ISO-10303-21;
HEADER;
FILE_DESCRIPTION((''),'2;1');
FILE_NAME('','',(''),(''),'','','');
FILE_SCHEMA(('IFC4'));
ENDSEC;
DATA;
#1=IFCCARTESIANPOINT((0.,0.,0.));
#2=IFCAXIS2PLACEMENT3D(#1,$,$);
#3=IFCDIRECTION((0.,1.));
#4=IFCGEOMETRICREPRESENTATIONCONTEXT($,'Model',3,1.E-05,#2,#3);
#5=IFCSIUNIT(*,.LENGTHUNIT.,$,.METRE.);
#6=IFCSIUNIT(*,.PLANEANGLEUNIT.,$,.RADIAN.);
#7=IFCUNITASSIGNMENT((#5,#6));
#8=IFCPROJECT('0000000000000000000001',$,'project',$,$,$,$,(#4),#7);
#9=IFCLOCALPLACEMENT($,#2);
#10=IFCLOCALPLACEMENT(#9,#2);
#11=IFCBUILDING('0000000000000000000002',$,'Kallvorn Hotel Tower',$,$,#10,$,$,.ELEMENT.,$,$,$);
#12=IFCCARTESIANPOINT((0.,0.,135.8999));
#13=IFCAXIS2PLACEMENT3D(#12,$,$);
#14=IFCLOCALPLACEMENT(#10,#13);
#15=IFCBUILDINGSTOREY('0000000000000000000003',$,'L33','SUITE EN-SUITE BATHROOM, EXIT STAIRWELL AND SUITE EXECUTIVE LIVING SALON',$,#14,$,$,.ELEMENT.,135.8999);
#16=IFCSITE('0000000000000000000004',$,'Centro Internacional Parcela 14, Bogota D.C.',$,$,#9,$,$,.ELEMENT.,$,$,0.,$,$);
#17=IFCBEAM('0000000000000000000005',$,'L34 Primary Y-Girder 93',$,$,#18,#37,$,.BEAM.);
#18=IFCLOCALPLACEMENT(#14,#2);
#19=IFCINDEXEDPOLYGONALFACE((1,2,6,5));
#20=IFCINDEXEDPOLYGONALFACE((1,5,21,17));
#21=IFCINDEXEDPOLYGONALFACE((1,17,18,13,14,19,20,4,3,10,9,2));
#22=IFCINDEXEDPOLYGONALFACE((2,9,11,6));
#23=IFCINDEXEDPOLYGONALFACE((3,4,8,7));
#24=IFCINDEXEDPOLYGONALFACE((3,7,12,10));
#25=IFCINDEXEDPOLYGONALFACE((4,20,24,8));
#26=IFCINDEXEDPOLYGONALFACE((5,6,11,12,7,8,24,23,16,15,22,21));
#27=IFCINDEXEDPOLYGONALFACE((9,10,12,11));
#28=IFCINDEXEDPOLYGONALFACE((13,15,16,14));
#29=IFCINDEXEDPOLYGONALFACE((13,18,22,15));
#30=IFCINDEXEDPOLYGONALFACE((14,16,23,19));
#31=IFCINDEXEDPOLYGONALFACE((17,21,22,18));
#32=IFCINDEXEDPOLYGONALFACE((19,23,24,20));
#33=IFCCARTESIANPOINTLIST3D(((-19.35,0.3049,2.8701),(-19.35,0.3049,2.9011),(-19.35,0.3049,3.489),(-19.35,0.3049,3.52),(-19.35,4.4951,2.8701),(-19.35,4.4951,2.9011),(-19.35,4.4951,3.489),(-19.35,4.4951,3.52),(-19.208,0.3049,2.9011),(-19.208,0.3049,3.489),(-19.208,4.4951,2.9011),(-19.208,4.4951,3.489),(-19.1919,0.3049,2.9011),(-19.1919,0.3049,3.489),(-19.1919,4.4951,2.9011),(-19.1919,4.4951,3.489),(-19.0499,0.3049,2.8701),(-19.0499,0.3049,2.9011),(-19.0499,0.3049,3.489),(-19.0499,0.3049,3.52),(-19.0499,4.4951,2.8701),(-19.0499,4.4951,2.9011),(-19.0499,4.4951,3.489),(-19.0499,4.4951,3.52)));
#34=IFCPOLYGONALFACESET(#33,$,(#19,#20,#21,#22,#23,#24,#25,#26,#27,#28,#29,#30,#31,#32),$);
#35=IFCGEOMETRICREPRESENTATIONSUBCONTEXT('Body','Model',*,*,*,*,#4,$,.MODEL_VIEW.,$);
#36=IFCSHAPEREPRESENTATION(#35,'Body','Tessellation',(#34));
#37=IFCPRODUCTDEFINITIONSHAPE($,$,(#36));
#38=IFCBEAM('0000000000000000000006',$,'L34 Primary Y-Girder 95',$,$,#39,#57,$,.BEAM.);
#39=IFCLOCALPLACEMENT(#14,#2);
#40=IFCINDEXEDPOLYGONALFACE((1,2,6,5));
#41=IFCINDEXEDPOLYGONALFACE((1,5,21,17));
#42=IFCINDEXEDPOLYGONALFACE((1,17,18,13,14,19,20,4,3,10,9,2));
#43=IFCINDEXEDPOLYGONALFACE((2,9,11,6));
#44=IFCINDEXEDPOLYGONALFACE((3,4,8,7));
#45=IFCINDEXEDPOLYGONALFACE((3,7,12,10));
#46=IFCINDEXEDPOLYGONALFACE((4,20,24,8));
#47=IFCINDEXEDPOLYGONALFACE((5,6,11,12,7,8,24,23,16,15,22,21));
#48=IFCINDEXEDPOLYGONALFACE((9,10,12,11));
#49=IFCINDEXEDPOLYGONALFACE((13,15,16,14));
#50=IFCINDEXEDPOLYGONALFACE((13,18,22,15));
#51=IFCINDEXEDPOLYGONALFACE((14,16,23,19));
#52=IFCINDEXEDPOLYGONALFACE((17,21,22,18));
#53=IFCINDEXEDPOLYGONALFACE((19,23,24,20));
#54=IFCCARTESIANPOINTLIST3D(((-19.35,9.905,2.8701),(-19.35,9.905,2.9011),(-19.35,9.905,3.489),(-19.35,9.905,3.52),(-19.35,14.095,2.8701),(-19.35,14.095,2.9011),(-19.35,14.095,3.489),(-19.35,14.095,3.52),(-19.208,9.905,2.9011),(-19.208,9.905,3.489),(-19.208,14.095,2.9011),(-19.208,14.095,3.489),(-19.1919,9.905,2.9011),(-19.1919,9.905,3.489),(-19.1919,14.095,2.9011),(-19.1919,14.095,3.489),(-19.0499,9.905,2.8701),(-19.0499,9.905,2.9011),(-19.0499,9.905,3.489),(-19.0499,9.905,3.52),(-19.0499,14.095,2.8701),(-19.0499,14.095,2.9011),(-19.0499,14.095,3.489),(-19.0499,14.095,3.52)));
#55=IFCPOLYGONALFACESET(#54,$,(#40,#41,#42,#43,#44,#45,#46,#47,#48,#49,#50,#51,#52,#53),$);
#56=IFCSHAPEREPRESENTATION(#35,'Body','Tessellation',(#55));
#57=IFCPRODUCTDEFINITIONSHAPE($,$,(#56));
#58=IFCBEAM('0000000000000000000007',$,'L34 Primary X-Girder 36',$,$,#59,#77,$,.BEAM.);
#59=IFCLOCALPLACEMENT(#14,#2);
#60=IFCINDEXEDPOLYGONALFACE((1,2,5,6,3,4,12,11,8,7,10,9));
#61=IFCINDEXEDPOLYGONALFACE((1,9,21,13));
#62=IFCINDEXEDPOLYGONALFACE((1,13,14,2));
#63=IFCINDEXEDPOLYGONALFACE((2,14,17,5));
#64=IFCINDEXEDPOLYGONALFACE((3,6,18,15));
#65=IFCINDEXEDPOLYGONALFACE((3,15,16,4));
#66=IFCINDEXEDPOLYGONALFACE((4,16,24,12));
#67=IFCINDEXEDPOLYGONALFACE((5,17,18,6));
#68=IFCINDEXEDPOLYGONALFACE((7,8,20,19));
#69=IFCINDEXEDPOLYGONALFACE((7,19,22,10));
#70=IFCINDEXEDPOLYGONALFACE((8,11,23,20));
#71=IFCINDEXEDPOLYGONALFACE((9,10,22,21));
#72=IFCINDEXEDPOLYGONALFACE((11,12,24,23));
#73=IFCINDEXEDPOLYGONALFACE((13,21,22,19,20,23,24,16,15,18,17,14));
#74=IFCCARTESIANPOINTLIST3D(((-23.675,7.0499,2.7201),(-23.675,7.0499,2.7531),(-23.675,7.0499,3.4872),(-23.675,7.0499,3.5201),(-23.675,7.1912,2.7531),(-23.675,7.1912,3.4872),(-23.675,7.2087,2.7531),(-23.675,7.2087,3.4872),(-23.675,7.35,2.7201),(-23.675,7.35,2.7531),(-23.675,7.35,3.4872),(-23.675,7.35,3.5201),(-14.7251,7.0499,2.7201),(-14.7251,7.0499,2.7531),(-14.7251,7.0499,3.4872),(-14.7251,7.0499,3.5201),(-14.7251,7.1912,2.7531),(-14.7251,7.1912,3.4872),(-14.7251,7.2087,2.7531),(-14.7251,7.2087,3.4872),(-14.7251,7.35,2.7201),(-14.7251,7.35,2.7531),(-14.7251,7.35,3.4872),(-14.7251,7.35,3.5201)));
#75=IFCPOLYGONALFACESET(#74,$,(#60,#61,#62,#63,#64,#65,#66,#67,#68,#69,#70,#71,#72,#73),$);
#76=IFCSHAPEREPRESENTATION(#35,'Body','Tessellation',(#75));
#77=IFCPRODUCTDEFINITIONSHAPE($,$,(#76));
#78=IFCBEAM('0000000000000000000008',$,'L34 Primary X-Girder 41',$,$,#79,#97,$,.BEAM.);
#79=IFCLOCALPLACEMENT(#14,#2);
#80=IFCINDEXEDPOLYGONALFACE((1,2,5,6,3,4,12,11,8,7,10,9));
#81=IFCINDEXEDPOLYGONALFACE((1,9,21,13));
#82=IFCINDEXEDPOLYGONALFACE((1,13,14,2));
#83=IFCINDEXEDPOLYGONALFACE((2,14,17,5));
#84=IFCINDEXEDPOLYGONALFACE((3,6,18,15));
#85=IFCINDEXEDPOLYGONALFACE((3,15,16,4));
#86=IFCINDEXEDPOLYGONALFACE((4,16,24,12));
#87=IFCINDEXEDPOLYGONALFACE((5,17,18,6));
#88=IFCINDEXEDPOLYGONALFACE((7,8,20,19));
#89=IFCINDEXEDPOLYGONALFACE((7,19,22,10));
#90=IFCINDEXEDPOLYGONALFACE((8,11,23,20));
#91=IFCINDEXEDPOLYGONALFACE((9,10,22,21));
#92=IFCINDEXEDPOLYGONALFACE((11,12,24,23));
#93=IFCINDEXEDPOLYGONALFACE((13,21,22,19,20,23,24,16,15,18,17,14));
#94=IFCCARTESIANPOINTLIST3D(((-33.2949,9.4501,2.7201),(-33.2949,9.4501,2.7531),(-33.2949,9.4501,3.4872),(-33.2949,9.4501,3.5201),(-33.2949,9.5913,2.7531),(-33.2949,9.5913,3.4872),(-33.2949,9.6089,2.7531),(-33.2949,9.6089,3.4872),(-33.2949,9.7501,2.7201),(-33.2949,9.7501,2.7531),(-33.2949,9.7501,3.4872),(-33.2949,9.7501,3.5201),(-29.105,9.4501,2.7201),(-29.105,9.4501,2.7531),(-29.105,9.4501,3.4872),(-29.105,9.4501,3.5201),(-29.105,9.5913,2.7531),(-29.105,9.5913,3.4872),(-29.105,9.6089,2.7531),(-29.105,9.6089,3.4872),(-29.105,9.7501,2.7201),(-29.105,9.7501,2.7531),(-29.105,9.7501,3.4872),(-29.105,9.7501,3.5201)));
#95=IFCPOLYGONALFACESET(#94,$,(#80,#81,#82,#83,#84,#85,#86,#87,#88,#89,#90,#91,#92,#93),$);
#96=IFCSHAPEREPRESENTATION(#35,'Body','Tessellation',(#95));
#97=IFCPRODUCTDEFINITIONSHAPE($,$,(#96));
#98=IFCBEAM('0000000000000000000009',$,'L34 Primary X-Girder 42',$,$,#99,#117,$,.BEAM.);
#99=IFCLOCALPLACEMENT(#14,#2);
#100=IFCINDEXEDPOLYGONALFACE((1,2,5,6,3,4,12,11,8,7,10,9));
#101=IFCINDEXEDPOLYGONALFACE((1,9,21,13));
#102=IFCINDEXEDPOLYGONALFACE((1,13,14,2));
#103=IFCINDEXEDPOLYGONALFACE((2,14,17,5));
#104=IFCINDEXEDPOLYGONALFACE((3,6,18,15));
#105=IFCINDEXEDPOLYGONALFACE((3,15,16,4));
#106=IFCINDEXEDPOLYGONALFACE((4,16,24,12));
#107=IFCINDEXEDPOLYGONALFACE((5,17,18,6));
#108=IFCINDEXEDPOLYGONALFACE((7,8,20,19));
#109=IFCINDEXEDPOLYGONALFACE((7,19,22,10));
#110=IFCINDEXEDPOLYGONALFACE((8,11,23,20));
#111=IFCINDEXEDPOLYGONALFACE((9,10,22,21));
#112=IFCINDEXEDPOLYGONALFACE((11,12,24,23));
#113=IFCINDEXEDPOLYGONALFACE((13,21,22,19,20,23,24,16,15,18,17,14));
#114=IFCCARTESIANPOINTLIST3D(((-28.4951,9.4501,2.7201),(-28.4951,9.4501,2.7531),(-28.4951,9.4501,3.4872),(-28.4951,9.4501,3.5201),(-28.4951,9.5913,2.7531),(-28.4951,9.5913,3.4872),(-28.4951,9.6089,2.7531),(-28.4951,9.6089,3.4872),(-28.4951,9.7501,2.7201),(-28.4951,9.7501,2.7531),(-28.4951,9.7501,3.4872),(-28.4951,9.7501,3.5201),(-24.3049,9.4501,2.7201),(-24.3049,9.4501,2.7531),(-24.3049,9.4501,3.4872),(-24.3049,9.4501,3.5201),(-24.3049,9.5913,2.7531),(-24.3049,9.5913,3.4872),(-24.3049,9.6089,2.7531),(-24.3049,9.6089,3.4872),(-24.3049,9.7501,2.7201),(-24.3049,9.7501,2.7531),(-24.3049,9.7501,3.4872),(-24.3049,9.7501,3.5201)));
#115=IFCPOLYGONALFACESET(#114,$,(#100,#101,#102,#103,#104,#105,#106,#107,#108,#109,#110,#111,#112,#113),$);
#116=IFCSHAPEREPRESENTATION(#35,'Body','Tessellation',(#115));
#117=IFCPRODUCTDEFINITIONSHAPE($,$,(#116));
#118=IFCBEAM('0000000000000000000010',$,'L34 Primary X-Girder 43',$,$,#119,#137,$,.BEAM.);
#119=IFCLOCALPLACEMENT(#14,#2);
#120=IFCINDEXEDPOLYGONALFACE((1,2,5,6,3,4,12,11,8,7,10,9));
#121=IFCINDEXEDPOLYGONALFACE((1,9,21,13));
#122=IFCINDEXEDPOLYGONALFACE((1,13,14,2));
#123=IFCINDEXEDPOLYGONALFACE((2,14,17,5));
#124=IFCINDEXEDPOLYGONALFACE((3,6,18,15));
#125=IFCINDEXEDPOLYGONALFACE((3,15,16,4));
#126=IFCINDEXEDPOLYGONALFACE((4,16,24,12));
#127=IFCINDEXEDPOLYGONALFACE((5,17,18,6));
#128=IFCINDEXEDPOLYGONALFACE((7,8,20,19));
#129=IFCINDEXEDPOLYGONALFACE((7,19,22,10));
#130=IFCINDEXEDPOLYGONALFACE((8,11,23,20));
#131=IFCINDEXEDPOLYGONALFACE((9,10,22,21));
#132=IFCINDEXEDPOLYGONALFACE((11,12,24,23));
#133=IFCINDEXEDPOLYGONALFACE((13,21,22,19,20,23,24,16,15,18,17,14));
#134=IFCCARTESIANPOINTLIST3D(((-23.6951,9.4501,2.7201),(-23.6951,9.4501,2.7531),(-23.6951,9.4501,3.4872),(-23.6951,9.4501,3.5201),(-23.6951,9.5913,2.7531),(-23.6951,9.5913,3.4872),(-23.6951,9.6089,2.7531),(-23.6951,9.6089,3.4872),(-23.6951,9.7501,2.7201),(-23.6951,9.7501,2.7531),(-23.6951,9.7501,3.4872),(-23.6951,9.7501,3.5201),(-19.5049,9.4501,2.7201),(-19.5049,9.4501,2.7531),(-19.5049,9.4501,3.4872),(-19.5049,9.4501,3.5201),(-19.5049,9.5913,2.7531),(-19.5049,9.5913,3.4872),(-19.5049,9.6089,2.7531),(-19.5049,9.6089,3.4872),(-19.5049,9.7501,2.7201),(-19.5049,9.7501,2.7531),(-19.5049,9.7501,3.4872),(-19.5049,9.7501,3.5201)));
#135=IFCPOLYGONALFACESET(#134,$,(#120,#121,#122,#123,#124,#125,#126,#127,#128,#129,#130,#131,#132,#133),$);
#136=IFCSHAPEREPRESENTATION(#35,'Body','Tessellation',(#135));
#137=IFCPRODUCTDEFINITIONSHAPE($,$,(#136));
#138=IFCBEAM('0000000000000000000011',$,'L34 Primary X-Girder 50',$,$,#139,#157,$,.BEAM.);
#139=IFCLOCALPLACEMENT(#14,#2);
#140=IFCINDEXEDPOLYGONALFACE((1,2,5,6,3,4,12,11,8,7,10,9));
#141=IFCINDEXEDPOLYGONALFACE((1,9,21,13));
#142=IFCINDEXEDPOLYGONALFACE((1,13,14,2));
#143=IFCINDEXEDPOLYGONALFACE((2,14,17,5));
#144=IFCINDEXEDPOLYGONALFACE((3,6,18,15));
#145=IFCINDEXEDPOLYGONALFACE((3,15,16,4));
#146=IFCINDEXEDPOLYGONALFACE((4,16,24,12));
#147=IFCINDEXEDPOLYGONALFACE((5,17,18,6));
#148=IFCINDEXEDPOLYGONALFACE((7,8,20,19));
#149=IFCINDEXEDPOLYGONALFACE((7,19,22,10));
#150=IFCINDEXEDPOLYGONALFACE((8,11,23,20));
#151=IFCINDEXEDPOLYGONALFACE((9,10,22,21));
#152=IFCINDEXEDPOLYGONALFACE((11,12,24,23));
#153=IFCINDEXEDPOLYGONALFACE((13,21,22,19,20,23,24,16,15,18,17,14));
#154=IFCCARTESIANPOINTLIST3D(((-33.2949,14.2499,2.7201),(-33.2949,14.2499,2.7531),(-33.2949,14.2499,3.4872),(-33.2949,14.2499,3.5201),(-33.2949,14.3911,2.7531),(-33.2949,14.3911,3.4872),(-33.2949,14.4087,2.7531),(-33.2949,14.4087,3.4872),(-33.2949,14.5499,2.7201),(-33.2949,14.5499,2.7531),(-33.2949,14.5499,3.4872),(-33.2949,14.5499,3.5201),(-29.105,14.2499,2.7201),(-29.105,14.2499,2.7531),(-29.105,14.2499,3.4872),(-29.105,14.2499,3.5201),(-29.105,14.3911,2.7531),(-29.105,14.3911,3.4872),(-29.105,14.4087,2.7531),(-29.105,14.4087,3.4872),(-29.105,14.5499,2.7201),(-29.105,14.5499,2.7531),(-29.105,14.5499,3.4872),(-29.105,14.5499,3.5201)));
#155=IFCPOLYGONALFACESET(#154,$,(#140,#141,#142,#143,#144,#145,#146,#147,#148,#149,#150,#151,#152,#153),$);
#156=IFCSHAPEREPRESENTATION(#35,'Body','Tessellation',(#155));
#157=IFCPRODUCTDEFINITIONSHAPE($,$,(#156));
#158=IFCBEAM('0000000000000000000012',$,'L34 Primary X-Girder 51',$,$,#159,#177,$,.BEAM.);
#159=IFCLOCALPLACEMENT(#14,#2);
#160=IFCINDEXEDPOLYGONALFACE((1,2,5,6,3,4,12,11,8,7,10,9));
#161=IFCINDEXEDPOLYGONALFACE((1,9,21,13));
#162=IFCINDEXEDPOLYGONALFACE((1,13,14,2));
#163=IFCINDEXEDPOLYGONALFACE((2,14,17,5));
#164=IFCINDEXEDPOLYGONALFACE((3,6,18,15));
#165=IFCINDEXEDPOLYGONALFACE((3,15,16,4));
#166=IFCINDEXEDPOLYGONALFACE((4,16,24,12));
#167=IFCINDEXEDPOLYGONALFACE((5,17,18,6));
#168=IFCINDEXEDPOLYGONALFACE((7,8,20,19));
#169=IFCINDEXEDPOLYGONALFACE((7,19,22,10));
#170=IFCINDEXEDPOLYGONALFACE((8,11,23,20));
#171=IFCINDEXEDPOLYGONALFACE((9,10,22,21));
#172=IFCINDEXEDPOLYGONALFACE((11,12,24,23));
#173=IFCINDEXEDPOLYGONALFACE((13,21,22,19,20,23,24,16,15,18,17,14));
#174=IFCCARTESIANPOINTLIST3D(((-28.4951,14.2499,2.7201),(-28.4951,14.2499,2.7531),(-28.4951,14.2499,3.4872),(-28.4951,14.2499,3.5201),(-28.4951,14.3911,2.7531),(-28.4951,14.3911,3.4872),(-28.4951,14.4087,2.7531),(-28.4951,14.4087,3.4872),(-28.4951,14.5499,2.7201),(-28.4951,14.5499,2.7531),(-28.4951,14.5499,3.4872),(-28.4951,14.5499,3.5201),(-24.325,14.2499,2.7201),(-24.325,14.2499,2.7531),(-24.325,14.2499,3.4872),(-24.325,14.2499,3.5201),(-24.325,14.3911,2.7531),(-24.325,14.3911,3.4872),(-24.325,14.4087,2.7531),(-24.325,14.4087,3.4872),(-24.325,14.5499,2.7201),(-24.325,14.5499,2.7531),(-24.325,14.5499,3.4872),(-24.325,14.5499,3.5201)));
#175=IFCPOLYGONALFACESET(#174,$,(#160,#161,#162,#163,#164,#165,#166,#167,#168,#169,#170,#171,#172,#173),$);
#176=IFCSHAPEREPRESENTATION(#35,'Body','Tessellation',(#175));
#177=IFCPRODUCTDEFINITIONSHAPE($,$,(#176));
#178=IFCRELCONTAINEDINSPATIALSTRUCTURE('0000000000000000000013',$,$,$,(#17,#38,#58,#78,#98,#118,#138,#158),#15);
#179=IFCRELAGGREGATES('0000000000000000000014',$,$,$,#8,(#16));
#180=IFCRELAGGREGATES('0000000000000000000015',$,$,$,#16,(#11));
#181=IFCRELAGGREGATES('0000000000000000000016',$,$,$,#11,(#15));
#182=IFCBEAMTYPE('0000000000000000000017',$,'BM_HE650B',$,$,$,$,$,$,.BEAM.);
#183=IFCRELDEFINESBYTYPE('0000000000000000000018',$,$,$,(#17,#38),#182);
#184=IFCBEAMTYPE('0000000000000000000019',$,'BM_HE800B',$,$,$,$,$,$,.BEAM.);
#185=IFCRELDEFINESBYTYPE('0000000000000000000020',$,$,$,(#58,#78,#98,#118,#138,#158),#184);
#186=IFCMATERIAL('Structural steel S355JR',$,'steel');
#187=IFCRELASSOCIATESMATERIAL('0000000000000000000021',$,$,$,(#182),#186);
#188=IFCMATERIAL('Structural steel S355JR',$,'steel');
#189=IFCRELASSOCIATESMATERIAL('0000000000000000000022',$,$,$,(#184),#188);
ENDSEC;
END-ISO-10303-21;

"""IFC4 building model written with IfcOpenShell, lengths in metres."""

from ifc_helpers import new_model, si_unit, direction, frame, origin, origin_2d, place, context, subcontext, project, spatial, i_section, extrude, material, material_profile, profile_set, type_object, element, save


model = new_model("IFC4")

# Units and contexts
model_context = context("Model", 3, precision=1e-05, world=origin(), true_north=direction((0.0, 1.0)))
body_context = subcontext(model_context, "Body", "Model", "MODEL_VIEW")
ifc_project = project(units=[si_unit("LENGTHUNIT", "METRE"), si_unit("PLANEANGLEUNIT", "RADIAN")], contexts=[model_context])

# Site, building, storey
site_placement = place(None, origin())
site = spatial("IfcSite", under=ifc_project, at=site_placement, Name="Centro Internacional Parcela 14, Bogota D.C.", CompositionType="ELEMENT", RefElevation=0.0)
building_placement = place(site_placement, origin())
building = spatial("IfcBuilding", under=site, at=building_placement, Name="Kallvorn Hotel Tower", CompositionType="ELEMENT")
storey_placement = place(building_placement, frame((0.0, 0.0, 135.8999)))
storey = spatial("IfcBuildingStorey", under=building, at=storey_placement, Name="L33", Description="SUITE EN-SUITE BATHROOM, EXIT STAIRWELL AND SUITE EXECUTIVE LIVING SALON", CompositionType="ELEMENT", Elevation=135.8999)

# Beams
ifc_material_1 = material(Name="Structural steel S355JR", Category="steel")
ifc_material_profile_1 = material_profile(ifc_material_1, i_section(OverallWidth=0.3, OverallDepth=0.6499, WebThickness=0.0161, FlangeThickness=0.031, at=origin_2d()), Name="HE 650 B")
ifc_profile_set_1 = profile_set([ifc_material_profile_1], Name="Structural steel S355JR")
beam_type_1 = type_object("IfcBeamType", Name="BM_HE650B", PredefinedType="BEAM", material=ifc_profile_set_1)
beam_1_placement = place(storey_placement, frame((-19.2, 0.3049, 3.1951), z_axis=(0.0, 1.0, 0.0), x_axis=(-1.0, 0.0, 0.0)))
element("IfcBeam", 1, at=beam_1_placement, inside=storey, type_object=beam_type_1, Name="L34 Primary Y-Girder 93", PredefinedType="BEAM", context=body_context, shape_type="SweptSolid", body=[
    extrude(i_section(OverallWidth=0.3, OverallDepth=0.6499, WebThickness=0.0161, FlangeThickness=0.031, at=origin_2d()), origin(), (0.0, 0.0, 1.0), 4.1902),
])
beam_2_placement = place(storey_placement, frame((-19.2, 9.905, 3.1951), z_axis=(0.0, 1.0, 0.0), x_axis=(-1.0, 0.0, 0.0)))
element("IfcBeam", 2, at=beam_2_placement, inside=storey, type_object=beam_type_1, Name="L34 Primary Y-Girder 95", PredefinedType="BEAM", context=body_context, shape_type="SweptSolid", body=[
    extrude(i_section(OverallWidth=0.3, OverallDepth=0.6499, WebThickness=0.0161, FlangeThickness=0.031, at=origin_2d()), origin(), (0.0, 0.0, 1.0), 4.1899),
])
ifc_material_2 = material(Name="Structural steel S355JR", Category="steel")
ifc_material_profile_2 = material_profile(ifc_material_2, i_section(OverallWidth=0.3, OverallDepth=0.8, WebThickness=0.0176, FlangeThickness=0.033, at=origin_2d()), Name="HE 800 B")
ifc_profile_set_2 = profile_set([ifc_material_profile_2], Name="Structural steel S355JR")
beam_type_2 = type_object("IfcBeamType", Name="BM_HE800B", PredefinedType="BEAM", material=ifc_profile_set_2)
beam_3_placement = place(storey_placement, frame((-23.675, 7.2, 3.1201), z_axis=(1.0, 0.0, 0.0), x_axis=(0.0, 1.0, 0.0)))
element("IfcBeam", 3, at=beam_3_placement, inside=storey, type_object=beam_type_2, Name="L34 Primary X-Girder 36", PredefinedType="BEAM", context=body_context, shape_type="SweptSolid", body=[
    extrude(i_section(OverallWidth=0.3, OverallDepth=0.8, WebThickness=0.0176, FlangeThickness=0.033, at=origin_2d()), origin(), (0.0, 0.0, 1.0), 8.95),
])
beam_4_placement = place(storey_placement, frame((-33.2949, 9.6001, 3.1201), z_axis=(1.0, 0.0, 0.0), x_axis=(0.0, 1.0, 0.0)))
element("IfcBeam", 4, at=beam_4_placement, inside=storey, type_object=beam_type_2, Name="L34 Primary X-Girder 41", PredefinedType="BEAM", context=body_context, shape_type="SweptSolid", body=[
    extrude(i_section(OverallWidth=0.3, OverallDepth=0.8, WebThickness=0.0176, FlangeThickness=0.033, at=origin_2d()), origin(), (0.0, 0.0, 1.0), 4.1899),
])
for number, where, z_axis, x_axis, name in (
    (5, (-28.4951, 9.6001, 3.1201), (1.0, 0.0, 0.0), (0.0, 1.0, 0.0), "L34 Primary X-Girder 42"),
    (6, (-23.6951, 9.6001, 3.1201), (1.0, 0.0, 0.0), (0.0, 1.0, 0.0), "L34 Primary X-Girder 43"),
):
    element("IfcBeam", number, at=place(storey_placement, frame(where, z_axis=z_axis, x_axis=x_axis)), inside=storey, type_object=beam_type_2, Name=name, PredefinedType="BEAM", context=body_context, shape_type="SweptSolid", body=[
        extrude(i_section(OverallWidth=0.3, OverallDepth=0.8, WebThickness=0.0176, FlangeThickness=0.033, at=origin_2d()), origin(), (0.0, 0.0, 1.0), 4.1902),
    ])
beam_5_placement = place(storey_placement, frame((-33.2949, 14.3999, 3.1201), z_axis=(1.0, 0.0, 0.0), x_axis=(0.0, 1.0, 0.0)))
element("IfcBeam", 7, at=beam_5_placement, inside=storey, type_object=beam_type_2, Name="L34 Primary X-Girder 50", PredefinedType="BEAM", context=body_context, shape_type="SweptSolid", body=[
    extrude(i_section(OverallWidth=0.3, OverallDepth=0.8, WebThickness=0.0176, FlangeThickness=0.033, at=origin_2d()), origin(), (0.0, 0.0, 1.0), 4.1899),
])
beam_6_placement = place(storey_placement, frame((-28.4951, 14.3999, 3.1201), z_axis=(1.0, 0.0, 0.0), x_axis=(0.0, 1.0, 0.0)))
element("IfcBeam", 8, at=beam_6_placement, inside=storey, type_object=beam_type_2, Name="L34 Primary X-Girder 51", PredefinedType="BEAM", context=body_context, shape_type="SweptSolid", body=[
    extrude(i_section(OverallWidth=0.3, OverallDepth=0.8, WebThickness=0.0176, FlangeThickness=0.033, at=origin_2d()), origin(), (0.0, 0.0, 1.0), 4.1702),
])

save(model, "model.ifc")
